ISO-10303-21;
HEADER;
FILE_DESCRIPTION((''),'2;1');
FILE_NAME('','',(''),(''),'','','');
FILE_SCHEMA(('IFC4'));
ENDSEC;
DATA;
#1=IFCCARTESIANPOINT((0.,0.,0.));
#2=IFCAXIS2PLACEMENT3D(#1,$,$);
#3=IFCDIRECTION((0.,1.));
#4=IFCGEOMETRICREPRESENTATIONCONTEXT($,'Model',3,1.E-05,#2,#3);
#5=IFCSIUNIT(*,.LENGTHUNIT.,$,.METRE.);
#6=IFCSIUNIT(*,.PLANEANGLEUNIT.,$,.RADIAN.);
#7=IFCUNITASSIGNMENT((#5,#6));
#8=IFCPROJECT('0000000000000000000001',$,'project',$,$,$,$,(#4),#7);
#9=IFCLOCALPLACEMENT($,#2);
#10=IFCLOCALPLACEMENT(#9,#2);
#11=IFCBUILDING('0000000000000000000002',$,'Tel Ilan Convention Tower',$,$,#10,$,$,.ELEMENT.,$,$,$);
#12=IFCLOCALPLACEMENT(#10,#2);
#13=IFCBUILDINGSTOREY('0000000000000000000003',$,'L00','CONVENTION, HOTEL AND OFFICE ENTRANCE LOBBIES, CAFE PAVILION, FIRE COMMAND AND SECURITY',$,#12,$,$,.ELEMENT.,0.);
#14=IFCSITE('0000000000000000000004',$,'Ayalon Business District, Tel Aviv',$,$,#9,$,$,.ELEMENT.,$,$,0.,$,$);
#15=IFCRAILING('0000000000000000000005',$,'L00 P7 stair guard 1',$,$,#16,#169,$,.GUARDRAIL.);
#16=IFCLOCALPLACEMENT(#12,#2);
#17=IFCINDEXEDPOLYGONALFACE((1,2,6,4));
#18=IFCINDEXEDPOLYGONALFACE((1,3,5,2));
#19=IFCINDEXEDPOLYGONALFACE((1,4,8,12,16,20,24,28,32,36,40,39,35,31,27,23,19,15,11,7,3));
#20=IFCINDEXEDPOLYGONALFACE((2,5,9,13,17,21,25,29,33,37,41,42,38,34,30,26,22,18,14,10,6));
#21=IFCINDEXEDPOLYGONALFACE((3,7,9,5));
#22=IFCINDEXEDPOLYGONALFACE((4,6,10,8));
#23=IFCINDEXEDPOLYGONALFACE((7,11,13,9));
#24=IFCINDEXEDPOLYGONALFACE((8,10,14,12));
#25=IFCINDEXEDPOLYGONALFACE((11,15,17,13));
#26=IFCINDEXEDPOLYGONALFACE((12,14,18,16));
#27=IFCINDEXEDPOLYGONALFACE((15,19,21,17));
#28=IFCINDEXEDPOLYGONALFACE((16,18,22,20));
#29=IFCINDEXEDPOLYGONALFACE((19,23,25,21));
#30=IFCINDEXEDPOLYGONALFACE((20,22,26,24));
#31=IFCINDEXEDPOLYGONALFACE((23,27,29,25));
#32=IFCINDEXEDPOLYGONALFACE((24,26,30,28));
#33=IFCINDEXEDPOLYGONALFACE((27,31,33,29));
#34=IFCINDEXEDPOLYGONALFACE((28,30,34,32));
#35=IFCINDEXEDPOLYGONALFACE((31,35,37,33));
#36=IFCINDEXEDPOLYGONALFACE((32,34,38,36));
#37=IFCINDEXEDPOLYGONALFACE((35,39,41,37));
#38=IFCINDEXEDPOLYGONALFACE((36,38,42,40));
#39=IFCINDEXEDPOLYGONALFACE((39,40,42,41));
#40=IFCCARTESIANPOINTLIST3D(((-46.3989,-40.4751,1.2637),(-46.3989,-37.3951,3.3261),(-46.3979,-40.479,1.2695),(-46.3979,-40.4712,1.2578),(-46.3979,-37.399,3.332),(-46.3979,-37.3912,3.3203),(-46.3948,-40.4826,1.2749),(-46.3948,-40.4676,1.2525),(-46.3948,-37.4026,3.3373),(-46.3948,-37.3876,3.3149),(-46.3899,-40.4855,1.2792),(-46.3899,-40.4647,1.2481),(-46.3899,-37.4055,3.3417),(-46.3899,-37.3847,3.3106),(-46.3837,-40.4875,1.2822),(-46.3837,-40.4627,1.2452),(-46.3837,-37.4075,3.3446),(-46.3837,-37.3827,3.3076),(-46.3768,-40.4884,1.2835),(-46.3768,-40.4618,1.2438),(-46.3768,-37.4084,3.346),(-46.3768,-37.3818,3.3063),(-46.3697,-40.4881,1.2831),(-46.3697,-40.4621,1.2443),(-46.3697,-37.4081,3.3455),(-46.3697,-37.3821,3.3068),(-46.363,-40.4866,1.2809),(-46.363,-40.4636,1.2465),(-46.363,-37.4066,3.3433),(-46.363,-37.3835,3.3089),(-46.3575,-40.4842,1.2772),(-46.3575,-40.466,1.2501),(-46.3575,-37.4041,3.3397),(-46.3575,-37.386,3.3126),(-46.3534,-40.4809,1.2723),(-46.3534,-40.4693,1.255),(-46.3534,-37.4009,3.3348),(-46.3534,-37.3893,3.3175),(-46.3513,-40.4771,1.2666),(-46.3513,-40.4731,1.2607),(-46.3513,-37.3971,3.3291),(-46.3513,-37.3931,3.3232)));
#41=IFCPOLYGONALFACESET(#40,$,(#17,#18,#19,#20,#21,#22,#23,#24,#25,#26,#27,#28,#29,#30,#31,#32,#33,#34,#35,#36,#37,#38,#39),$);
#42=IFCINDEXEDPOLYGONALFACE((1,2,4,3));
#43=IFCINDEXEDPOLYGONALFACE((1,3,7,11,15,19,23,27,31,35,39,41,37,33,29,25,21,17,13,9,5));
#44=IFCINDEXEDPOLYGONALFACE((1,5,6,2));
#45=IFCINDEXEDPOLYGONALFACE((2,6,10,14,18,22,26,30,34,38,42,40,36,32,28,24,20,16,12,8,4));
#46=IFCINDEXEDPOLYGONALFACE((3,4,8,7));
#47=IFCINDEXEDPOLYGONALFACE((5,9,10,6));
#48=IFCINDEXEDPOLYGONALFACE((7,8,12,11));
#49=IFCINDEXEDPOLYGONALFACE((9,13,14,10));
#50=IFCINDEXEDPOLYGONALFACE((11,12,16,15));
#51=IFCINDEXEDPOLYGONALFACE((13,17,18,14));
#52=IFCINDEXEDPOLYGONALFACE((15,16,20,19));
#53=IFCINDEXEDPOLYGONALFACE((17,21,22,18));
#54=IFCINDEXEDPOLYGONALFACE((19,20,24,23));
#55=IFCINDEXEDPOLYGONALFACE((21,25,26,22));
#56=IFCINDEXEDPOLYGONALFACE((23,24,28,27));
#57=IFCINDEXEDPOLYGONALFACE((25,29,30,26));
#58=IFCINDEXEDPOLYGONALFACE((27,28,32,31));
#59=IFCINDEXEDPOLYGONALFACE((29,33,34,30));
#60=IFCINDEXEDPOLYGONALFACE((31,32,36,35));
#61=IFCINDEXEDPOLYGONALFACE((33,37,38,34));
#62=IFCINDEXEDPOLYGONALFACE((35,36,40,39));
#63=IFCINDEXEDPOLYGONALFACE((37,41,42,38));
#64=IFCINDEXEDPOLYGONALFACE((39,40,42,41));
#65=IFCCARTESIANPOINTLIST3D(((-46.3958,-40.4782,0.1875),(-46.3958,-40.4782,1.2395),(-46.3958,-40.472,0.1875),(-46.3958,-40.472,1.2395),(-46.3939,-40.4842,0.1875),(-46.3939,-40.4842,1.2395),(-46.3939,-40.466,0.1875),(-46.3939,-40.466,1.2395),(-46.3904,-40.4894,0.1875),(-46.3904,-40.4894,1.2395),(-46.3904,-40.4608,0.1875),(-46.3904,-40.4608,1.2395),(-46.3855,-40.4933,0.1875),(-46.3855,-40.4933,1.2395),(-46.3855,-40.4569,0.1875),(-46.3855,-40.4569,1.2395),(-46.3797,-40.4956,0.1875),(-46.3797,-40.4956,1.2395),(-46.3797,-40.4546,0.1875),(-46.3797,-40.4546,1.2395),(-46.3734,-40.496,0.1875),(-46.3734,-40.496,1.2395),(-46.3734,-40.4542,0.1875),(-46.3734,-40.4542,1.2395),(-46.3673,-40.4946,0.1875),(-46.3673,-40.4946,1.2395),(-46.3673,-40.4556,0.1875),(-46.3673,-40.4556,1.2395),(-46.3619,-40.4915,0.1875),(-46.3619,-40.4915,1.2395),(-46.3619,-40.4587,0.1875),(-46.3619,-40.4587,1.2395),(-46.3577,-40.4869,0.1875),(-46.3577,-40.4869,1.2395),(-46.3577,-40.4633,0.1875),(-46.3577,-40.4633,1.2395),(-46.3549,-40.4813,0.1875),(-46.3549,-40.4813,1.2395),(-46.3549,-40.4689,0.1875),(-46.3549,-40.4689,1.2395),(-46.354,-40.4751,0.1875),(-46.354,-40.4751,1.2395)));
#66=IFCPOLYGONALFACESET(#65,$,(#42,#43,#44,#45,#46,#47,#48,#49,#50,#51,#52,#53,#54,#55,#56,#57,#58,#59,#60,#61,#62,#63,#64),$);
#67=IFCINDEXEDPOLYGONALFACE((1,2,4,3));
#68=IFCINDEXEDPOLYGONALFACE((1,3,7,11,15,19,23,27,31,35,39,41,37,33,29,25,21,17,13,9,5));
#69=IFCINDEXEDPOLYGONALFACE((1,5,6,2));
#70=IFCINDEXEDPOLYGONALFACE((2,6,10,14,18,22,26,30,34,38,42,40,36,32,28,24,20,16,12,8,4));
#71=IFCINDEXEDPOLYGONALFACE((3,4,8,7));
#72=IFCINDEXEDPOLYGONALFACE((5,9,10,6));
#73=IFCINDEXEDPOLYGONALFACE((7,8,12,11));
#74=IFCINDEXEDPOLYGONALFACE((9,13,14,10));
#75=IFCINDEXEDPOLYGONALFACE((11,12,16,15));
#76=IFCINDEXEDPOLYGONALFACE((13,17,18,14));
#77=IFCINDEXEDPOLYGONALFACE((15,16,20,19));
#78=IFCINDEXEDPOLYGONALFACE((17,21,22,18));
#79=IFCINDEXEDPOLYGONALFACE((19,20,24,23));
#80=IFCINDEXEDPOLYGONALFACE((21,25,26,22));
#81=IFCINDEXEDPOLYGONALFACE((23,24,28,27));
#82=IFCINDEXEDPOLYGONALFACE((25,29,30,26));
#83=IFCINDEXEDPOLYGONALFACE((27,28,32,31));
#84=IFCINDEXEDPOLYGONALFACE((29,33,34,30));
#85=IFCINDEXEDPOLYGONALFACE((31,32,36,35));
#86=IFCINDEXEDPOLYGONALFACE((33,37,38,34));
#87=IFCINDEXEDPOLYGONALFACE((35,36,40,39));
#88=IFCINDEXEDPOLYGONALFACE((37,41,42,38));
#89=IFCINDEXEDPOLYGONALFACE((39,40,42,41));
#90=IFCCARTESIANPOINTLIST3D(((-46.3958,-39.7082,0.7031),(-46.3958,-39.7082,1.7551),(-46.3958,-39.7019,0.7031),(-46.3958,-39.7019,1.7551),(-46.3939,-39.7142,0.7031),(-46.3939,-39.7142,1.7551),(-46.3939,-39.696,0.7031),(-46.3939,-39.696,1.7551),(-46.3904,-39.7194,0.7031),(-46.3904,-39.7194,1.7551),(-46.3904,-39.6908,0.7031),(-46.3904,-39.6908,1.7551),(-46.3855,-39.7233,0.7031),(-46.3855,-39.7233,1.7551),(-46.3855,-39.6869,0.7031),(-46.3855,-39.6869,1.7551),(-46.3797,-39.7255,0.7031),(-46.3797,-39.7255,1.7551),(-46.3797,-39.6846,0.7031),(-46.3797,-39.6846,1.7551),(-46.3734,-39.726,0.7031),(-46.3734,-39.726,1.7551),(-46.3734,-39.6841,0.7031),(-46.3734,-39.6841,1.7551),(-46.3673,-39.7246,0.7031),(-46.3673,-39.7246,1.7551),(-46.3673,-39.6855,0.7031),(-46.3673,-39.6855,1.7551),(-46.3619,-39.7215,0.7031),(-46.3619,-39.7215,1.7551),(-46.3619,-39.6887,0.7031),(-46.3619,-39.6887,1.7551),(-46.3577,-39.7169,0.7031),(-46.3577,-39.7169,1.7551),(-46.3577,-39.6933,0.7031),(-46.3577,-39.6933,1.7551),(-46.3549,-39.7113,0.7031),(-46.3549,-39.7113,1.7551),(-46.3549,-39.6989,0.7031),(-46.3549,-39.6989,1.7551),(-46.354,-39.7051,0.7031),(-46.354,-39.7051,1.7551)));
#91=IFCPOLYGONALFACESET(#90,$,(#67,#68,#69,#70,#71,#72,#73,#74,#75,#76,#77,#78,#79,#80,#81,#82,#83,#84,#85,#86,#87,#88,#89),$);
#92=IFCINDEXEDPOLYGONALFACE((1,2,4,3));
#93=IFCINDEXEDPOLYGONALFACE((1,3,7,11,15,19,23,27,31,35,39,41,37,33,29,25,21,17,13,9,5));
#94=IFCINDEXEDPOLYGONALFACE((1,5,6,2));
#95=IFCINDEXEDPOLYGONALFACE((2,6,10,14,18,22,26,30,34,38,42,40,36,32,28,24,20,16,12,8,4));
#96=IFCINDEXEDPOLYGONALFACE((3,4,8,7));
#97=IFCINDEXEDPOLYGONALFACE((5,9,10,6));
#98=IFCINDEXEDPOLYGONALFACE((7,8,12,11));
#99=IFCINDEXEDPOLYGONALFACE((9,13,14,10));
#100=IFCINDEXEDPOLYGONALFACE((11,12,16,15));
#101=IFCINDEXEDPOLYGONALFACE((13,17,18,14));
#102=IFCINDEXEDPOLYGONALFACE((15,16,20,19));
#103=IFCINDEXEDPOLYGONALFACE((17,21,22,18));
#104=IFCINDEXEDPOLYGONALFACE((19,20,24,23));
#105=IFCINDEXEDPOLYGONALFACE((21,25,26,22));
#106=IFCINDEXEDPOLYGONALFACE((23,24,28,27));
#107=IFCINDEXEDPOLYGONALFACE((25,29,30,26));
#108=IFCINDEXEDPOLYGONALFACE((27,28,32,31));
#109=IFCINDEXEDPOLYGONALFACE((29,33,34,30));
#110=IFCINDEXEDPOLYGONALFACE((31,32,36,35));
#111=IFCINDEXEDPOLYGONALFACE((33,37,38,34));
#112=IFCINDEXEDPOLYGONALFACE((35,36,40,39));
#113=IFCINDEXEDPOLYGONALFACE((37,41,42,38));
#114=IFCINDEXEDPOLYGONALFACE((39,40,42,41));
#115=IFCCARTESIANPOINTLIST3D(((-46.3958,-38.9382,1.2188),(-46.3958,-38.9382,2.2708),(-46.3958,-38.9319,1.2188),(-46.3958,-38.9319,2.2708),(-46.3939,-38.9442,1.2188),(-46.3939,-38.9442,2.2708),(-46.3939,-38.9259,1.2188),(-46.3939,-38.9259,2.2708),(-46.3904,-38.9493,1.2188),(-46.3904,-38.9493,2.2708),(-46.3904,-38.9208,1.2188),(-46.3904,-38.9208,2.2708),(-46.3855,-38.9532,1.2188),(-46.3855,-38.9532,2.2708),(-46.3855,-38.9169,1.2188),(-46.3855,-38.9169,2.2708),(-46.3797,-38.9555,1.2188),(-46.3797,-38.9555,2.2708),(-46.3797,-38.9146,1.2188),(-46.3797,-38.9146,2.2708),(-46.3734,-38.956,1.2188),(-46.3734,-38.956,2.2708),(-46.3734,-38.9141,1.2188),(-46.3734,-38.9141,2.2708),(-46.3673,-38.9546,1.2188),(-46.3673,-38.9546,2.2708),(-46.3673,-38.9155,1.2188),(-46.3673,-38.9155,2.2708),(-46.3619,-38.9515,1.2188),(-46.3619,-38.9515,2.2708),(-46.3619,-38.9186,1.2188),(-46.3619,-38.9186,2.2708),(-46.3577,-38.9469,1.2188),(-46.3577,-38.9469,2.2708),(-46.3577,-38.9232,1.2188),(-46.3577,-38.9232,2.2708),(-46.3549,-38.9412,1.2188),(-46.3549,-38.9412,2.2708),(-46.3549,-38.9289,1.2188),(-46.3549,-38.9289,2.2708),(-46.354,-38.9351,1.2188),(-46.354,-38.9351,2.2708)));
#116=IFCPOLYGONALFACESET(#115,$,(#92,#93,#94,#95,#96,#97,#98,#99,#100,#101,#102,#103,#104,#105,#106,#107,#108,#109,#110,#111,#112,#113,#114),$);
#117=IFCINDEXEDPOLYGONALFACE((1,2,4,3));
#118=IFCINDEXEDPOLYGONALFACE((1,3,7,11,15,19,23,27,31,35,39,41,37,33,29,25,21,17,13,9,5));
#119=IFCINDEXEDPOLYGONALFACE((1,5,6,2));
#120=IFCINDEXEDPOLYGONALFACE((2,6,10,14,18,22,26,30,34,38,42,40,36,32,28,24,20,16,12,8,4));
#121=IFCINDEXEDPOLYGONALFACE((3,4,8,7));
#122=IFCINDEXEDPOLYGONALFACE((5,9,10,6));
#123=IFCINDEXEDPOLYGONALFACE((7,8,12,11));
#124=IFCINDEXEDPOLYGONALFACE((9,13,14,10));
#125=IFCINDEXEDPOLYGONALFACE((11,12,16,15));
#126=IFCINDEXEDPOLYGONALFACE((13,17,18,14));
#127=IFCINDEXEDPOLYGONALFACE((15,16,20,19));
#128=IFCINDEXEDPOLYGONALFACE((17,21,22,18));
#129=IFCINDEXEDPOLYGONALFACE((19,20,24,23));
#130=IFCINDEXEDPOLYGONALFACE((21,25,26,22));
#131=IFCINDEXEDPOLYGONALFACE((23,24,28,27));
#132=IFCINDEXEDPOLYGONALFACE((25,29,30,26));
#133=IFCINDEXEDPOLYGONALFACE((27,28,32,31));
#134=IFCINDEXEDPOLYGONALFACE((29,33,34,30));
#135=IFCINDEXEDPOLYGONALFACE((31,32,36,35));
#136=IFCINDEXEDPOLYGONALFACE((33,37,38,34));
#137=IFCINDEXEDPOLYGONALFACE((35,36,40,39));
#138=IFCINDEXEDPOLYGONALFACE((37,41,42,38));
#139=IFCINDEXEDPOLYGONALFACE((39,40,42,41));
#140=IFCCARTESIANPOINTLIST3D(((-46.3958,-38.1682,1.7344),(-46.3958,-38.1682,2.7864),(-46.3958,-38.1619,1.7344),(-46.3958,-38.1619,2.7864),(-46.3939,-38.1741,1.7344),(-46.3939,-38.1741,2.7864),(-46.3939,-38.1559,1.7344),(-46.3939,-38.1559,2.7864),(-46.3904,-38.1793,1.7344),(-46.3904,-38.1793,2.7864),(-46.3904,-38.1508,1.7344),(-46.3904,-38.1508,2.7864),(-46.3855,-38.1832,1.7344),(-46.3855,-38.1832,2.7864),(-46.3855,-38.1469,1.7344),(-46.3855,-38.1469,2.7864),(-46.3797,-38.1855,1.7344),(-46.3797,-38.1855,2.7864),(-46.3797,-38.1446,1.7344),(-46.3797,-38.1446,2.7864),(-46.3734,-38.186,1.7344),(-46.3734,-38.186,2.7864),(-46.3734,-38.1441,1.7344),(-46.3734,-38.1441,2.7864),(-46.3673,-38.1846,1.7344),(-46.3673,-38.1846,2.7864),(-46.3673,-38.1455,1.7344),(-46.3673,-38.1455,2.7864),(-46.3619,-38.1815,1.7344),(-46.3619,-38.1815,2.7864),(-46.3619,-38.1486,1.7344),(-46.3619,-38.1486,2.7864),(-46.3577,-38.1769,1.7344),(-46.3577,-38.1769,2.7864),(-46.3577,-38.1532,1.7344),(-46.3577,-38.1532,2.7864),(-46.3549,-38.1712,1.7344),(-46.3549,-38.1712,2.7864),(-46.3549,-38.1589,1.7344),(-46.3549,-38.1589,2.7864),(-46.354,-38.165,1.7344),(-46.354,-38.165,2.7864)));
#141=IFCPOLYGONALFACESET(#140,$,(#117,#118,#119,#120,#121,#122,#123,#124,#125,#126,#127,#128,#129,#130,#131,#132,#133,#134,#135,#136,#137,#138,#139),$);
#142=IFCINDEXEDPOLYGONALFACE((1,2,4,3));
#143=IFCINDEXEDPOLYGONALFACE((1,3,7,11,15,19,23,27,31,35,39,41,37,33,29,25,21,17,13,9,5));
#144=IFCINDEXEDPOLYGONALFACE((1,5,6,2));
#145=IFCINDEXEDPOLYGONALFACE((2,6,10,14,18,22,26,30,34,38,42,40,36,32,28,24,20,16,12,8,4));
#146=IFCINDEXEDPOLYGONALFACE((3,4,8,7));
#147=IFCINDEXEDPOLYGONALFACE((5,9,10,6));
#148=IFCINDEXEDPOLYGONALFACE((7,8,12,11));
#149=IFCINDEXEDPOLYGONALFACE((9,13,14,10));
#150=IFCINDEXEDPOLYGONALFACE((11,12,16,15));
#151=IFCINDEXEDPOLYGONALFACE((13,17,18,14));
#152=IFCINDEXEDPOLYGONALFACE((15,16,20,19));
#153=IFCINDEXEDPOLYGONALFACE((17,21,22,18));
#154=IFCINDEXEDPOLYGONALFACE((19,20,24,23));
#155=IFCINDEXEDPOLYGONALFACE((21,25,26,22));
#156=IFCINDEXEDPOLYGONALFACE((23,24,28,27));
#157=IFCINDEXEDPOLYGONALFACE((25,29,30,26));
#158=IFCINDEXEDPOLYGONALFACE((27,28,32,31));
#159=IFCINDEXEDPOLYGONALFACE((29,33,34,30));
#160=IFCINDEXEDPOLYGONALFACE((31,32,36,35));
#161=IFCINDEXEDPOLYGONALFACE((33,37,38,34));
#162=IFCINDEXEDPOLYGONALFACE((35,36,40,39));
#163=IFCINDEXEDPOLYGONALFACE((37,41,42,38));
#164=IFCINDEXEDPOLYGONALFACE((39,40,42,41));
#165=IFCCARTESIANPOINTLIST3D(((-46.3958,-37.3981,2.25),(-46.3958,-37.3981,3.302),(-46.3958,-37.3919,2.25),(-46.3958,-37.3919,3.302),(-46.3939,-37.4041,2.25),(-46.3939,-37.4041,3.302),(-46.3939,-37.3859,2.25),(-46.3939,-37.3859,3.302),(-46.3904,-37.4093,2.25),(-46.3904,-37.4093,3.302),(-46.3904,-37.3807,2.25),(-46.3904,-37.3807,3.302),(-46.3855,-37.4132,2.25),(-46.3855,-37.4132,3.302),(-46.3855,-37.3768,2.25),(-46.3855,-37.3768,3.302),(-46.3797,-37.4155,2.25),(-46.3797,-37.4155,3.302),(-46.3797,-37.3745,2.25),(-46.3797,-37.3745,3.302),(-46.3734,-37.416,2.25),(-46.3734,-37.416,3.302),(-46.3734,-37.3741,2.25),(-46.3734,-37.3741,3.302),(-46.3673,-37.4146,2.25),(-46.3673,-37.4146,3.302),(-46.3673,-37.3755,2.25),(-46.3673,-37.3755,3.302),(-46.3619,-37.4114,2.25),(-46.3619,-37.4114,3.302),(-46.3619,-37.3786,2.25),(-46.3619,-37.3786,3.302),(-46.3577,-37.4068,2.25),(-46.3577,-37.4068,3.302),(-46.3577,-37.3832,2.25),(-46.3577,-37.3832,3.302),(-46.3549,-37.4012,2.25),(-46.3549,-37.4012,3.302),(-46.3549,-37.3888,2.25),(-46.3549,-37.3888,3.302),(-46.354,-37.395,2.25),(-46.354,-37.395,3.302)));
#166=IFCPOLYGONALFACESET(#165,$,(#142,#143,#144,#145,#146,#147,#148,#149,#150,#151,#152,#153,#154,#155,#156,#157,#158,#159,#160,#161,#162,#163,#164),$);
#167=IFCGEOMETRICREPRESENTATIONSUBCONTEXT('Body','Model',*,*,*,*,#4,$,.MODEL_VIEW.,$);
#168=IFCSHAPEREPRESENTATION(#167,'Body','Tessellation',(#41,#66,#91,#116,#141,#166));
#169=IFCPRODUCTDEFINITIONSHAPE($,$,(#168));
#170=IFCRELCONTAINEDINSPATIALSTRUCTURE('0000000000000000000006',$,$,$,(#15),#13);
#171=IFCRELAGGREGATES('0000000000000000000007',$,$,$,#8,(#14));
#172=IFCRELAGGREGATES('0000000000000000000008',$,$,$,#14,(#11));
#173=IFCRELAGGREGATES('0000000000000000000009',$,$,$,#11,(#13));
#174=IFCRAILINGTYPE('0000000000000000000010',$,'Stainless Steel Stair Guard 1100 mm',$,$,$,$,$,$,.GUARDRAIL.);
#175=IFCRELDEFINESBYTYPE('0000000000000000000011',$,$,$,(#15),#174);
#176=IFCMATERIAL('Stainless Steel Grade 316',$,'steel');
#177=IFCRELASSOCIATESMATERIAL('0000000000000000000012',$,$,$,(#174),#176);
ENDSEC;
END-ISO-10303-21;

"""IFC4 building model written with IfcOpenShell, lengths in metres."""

from ifc_helpers import new_model, si_unit, direction, frame, origin, origin_2d, place, context, subcontext, project, spatial, circle, extrude, material, type_object, element, save


model = new_model("IFC4")

# Units and contexts
model_context = context("Model", 3, precision=1e-05, world=origin(), true_north=direction((0.0, 1.0)))
body_context = subcontext(model_context, "Body", "Model", "MODEL_VIEW")
ifc_project = project(units=[si_unit("LENGTHUNIT", "METRE"), si_unit("PLANEANGLEUNIT", "RADIAN")], contexts=[model_context])

# Site, building, storey
site_placement = place(None, origin())
site = spatial("IfcSite", under=ifc_project, at=site_placement, Name="Ayalon Business District, Tel Aviv", CompositionType="ELEMENT", RefElevation=0.0)
building_placement = place(site_placement, origin())
building = spatial("IfcBuilding", under=site, at=building_placement, Name="Tel Ilan Convention Tower", CompositionType="ELEMENT")
storey_placement = place(building_placement, origin())
storey = spatial("IfcBuildingStorey", under=building, at=storey_placement, Name="L00", Description="CONVENTION, HOTEL AND OFFICE ENTRANCE LOBBIES, CAFE PAVILION, FIRE COMMAND AND SECURITY", CompositionType="ELEMENT", Elevation=0.0)

# Railing
ifc_material_1 = material(Name="Stainless Steel Grade 316", Category="steel")
railing_type_1 = type_object("IfcRailingType", Name="Stainless Steel Stair Guard 1100 mm", PredefinedType="GUARDRAIL", material=ifc_material_1)
railing_1_placement = place(storey_placement, frame((-46.375, -40.4751, 0.1875)))
element("IfcRailing", 1, at=railing_1_placement, inside=storey, type_object=railing_type_1, Name="L00 P7 stair guard 1", PredefinedType="GUARDRAIL", context=body_context, shape_type="SweptSolid", body=[
    extrude(circle(Radius=0.0239, at=origin_2d()), frame((0.0, 0.0, 1.0762), z_axis=(0.0, 0.830914, 0.556401), x_axis=(-1.0, 0.0, 0.0)), (0.0, 0.0, 1.0), 3.7068),
    extrude(circle(Radius=0.021, at=origin_2d()), origin(), (0.0, 0.0, 1.0), 1.052),
    extrude(circle(Radius=0.021, at=origin_2d()), frame((0.0, 0.77, 0.5156)), (0.0, 0.0, 1.0), 1.052),
    extrude(circle(Radius=0.021, at=origin_2d()), frame((0.0, 1.54, 1.0312)), (0.0, 0.0, 1.0), 1.052),
    extrude(circle(Radius=0.021, at=origin_2d()), frame((0.0, 2.3101, 1.5469)), (0.0, 0.0, 1.0), 1.052),
    extrude(circle(Radius=0.021, at=origin_2d()), frame((0.0, 3.0801, 2.0625)), (0.0, 0.0, 1.0), 1.052),
])

save(model, "model.ifc")
